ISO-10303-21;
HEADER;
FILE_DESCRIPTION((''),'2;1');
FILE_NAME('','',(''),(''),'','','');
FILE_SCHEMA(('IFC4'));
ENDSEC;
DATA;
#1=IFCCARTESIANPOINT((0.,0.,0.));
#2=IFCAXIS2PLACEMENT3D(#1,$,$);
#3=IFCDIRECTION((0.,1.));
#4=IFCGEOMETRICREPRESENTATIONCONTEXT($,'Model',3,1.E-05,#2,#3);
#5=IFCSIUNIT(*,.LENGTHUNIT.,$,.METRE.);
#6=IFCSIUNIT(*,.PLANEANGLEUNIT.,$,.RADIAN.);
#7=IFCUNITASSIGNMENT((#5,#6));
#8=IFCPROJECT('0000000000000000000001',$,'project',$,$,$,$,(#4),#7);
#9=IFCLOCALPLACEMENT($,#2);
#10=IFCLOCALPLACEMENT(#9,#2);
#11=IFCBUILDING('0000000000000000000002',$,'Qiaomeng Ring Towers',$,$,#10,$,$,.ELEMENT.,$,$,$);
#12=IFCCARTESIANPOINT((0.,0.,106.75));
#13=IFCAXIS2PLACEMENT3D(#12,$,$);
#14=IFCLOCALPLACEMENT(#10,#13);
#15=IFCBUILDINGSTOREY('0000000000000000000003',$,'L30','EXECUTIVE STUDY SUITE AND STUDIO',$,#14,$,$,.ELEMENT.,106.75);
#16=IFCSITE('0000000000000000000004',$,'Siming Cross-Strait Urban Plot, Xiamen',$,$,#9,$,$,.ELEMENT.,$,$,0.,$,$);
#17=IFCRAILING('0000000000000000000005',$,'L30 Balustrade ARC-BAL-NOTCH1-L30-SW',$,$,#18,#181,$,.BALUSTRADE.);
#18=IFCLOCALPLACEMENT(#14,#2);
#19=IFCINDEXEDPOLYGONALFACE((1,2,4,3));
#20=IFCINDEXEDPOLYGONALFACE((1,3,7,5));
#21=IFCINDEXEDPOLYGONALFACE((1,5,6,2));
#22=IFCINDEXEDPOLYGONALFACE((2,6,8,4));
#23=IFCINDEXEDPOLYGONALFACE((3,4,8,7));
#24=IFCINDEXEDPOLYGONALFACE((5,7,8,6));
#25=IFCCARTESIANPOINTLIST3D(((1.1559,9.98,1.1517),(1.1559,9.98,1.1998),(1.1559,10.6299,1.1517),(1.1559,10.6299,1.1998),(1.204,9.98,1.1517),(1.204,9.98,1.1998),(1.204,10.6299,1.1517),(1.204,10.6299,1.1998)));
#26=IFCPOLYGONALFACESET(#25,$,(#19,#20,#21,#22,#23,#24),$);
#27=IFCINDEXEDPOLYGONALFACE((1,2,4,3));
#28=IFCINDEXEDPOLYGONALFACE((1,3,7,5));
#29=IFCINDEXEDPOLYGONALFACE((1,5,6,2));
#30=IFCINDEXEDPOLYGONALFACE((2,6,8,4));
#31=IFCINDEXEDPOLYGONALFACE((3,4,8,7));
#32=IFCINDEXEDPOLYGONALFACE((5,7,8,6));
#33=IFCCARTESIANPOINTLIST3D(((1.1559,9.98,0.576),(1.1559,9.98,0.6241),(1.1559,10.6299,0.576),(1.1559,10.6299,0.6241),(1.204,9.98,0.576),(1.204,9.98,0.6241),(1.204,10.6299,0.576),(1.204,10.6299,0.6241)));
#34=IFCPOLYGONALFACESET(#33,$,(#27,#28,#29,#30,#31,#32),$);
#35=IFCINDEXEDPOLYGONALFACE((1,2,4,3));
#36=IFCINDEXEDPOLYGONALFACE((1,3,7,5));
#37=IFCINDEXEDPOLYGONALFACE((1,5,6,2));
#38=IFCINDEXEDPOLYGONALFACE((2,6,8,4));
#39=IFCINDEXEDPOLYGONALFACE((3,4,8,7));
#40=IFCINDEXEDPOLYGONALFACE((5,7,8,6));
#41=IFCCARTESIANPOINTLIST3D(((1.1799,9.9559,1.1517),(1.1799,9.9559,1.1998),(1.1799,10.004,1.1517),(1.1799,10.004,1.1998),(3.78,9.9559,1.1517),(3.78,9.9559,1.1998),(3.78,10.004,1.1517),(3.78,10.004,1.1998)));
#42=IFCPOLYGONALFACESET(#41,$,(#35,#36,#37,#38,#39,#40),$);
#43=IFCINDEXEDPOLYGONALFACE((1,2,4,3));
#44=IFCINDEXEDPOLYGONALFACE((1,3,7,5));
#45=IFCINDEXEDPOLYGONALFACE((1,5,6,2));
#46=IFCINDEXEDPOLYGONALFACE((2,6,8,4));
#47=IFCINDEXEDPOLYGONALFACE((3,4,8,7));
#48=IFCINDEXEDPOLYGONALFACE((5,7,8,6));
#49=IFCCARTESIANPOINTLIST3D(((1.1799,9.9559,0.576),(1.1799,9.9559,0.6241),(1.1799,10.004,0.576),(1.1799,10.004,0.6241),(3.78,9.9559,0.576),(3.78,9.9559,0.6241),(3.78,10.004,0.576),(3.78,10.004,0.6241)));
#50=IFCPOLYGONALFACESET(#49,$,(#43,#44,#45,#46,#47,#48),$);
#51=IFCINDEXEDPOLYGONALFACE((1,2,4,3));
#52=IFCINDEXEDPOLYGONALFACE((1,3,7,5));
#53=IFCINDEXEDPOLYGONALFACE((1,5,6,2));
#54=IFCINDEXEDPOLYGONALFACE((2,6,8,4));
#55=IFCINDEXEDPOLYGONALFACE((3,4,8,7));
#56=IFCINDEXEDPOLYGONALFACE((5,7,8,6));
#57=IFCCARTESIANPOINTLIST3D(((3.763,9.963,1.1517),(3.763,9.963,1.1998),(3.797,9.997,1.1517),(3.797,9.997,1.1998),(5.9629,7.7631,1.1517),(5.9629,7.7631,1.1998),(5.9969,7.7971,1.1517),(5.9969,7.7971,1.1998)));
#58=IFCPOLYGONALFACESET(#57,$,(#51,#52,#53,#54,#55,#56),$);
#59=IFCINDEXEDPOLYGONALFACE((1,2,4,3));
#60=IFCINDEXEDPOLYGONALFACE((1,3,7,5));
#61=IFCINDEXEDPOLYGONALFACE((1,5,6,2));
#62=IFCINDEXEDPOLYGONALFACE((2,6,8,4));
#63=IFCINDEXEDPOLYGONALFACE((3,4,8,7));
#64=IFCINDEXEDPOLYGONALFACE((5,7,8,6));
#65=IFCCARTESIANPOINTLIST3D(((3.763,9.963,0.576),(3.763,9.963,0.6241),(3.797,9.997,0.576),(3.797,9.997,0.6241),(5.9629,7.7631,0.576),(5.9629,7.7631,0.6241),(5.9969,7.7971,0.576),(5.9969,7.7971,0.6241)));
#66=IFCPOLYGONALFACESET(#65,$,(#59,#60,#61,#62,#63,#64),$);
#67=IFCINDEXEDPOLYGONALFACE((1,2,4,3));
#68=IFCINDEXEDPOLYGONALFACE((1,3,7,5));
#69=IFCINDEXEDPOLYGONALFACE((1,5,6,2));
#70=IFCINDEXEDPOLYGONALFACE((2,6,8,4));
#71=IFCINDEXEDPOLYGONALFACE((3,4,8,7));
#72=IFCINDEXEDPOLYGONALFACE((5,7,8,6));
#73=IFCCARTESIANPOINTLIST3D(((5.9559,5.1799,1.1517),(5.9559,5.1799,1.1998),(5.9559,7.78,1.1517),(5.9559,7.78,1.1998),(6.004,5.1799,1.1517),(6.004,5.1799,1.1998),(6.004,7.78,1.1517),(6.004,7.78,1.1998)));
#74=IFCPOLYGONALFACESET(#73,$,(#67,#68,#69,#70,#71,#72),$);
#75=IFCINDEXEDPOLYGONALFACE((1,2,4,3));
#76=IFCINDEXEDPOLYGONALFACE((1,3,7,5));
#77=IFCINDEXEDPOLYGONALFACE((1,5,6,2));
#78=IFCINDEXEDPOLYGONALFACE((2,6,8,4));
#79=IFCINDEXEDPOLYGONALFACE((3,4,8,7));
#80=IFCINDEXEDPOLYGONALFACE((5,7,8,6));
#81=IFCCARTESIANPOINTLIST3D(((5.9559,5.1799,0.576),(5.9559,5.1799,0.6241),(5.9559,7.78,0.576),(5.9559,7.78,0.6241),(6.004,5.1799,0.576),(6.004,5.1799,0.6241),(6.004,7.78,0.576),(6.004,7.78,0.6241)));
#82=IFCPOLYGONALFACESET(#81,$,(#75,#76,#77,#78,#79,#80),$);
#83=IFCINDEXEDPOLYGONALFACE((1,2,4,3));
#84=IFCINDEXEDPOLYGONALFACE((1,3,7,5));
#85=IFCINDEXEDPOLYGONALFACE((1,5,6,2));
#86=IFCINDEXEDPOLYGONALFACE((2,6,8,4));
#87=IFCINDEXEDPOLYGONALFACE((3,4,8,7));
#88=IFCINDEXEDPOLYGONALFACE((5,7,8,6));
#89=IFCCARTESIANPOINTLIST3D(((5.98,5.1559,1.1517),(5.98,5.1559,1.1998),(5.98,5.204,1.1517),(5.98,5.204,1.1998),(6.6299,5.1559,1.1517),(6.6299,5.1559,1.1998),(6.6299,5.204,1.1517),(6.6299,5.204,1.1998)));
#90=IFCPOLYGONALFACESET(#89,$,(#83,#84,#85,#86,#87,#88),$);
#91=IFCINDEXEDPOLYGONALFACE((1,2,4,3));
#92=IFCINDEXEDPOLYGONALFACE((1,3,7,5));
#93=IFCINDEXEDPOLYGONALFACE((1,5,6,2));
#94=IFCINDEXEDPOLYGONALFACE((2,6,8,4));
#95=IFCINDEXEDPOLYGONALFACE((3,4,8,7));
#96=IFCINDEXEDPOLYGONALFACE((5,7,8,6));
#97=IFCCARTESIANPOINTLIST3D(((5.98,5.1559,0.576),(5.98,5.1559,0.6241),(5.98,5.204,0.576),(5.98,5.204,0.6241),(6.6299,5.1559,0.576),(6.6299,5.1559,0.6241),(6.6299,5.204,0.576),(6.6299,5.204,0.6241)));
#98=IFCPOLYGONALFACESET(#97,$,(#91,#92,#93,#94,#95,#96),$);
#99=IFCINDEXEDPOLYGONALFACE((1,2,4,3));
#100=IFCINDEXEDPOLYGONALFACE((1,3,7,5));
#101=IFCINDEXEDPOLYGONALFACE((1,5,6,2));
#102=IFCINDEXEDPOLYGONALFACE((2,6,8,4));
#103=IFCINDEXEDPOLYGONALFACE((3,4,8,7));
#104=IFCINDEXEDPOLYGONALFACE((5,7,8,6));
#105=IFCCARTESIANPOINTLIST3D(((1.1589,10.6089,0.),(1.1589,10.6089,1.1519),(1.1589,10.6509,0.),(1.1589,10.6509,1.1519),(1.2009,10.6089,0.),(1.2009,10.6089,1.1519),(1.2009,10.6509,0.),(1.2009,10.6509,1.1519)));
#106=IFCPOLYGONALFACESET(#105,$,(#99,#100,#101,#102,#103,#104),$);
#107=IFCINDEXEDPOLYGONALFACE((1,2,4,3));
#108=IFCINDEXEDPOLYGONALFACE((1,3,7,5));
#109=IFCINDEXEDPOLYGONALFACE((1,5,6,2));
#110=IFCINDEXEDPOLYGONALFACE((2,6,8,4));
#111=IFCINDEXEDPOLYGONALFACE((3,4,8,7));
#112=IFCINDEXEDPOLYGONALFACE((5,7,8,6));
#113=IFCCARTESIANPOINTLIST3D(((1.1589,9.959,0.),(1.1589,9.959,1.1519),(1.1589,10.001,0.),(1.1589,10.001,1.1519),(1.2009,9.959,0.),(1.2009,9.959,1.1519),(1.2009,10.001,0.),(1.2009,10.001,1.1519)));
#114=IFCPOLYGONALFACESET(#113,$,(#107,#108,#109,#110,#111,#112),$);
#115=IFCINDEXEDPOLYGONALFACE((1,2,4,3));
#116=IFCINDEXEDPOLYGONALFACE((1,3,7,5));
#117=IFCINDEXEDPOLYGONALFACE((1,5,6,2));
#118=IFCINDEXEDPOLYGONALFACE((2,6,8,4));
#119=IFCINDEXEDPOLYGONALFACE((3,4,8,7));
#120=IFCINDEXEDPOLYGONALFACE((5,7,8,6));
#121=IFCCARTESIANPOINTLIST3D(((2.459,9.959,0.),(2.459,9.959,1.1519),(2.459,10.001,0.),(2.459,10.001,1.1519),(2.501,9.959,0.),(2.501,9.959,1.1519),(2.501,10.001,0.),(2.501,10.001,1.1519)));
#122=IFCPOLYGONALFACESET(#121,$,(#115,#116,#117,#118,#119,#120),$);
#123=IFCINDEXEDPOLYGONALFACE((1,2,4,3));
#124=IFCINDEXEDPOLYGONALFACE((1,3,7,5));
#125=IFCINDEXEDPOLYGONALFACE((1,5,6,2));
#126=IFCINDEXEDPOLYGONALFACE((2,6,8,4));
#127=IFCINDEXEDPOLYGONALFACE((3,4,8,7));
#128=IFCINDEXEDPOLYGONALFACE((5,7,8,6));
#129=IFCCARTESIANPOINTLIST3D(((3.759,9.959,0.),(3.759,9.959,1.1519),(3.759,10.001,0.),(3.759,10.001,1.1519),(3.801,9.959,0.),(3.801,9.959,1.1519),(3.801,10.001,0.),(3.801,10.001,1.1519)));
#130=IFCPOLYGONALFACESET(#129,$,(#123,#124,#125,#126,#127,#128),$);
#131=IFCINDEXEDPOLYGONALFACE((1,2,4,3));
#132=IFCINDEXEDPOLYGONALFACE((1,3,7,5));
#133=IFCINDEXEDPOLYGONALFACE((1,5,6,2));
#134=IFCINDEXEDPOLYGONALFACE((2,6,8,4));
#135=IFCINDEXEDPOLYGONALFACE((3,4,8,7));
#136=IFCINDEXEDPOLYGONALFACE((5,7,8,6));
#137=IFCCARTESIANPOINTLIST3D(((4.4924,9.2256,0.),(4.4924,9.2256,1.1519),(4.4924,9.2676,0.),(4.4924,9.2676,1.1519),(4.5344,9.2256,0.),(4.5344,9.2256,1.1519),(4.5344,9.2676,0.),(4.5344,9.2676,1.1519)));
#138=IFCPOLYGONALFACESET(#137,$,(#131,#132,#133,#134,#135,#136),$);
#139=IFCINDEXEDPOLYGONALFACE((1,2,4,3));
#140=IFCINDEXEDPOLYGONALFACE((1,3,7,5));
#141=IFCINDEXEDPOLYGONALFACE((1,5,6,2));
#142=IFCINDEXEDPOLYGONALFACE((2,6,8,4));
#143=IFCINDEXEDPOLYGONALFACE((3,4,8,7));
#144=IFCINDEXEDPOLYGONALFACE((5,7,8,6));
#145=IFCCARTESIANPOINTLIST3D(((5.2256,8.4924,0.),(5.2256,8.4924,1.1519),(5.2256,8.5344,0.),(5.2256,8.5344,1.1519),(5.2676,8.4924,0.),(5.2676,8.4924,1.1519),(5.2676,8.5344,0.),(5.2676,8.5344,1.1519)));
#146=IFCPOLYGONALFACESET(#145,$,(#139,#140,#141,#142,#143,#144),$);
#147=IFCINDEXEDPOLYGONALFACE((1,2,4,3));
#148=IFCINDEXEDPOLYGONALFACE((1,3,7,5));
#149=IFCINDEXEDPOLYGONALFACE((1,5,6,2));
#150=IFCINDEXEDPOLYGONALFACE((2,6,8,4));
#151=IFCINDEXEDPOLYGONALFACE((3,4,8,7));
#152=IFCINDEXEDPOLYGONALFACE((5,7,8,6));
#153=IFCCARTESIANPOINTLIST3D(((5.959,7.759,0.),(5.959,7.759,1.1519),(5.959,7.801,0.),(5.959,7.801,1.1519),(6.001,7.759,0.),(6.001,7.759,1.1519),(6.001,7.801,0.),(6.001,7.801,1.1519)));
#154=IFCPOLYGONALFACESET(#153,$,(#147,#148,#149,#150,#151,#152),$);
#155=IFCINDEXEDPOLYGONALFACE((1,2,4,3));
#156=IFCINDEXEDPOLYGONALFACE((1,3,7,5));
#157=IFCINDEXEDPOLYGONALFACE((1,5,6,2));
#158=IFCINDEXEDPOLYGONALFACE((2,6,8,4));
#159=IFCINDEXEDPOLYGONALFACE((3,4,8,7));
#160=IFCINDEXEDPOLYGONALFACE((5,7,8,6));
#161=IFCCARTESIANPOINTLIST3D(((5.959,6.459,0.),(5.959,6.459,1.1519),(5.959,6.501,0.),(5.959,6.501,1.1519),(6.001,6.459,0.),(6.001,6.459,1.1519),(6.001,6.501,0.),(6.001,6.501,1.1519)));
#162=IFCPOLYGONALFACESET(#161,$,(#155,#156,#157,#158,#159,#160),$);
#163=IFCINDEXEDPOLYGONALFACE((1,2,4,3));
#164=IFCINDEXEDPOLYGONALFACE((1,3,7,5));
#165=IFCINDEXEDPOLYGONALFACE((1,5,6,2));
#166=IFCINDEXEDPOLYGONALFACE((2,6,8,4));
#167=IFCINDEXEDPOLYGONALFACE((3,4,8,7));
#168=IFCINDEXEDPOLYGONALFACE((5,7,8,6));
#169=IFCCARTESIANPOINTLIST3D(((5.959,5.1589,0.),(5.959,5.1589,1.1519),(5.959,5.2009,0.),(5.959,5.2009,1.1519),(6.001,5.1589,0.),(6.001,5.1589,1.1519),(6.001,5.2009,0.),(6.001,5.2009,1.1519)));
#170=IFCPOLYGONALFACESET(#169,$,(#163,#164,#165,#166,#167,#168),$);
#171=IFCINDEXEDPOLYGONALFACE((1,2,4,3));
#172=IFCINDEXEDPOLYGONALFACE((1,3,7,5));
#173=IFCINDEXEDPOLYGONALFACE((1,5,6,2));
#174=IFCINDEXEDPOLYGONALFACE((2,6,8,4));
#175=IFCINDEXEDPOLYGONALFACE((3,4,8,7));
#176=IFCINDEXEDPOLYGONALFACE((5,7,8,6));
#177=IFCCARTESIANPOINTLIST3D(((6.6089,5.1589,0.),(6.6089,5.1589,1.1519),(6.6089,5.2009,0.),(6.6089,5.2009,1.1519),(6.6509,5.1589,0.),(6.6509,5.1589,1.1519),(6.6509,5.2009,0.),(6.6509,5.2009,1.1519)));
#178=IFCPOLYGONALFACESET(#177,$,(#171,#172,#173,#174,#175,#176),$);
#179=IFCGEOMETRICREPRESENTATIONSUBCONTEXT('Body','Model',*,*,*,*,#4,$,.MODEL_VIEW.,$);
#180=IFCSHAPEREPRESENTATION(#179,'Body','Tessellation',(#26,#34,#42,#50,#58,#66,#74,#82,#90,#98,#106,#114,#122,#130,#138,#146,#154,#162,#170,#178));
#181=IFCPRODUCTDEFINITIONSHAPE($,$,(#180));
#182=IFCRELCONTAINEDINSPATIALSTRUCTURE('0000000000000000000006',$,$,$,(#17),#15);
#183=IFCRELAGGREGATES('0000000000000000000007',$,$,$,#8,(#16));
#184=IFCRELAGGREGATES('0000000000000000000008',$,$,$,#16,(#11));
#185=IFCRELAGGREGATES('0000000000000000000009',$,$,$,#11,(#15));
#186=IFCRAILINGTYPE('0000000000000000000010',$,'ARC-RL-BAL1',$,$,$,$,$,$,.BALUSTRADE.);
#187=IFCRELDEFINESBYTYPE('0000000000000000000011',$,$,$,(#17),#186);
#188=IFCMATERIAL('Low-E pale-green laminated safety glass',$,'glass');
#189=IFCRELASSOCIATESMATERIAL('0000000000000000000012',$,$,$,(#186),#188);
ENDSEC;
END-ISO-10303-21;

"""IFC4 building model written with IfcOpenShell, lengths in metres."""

from ifc_helpers import new_model, si_unit, direction, frame, origin, origin_2d, place, context, subcontext, project, spatial, rectangle, extrude, material, type_object, element, save


model = new_model("IFC4")

# Units and contexts
model_context = context("Model", 3, precision=1e-05, world=origin(), true_north=direction((0.0, 1.0)))
body_context = subcontext(model_context, "Body", "Model", "MODEL_VIEW")
ifc_project = project(units=[si_unit("LENGTHUNIT", "METRE"), si_unit("PLANEANGLEUNIT", "RADIAN")], contexts=[model_context])

# Site, building, storey
site_placement = place(None, origin())
site = spatial("IfcSite", under=ifc_project, at=site_placement, Name="Siming Cross-Strait Urban Plot, Xiamen", CompositionType="ELEMENT", RefElevation=0.0)
building_placement = place(site_placement, origin())
building = spatial("IfcBuilding", under=site, at=building_placement, Name="Qiaomeng Ring Towers", CompositionType="ELEMENT")
storey_placement = place(building_placement, frame((0.0, 0.0, 106.75)))
storey = spatial("IfcBuildingStorey", under=building, at=storey_placement, Name="L30", Description="EXECUTIVE STUDY SUITE AND STUDIO", CompositionType="ELEMENT", Elevation=106.75)

# Railing
ifc_material_1 = material(Name="Low-E pale-green laminated safety glass", Category="glass")
railing_type = type_object("IfcRailingType", Name="ARC-RL-BAL1", PredefinedType="BALUSTRADE", material=ifc_material_1)
railing_1_placement = place(storey_placement, frame((1.1799, 10.6299, 0.0)))
element("IfcRailing", 1, at=railing_1_placement, inside=storey, type_object=railing_type, Name="L30 Balustrade ARC-BAL-NOTCH1-L30-SW", PredefinedType="BALUSTRADE", context=body_context, shape_type="SweptSolid", body=[
    extrude(rectangle(XDim=0.0481, YDim=0.0481, at=origin_2d()), frame((0.0, 0.0, 1.1758), z_axis=(0.0, -1.0, 0.0), x_axis=(1.0, 0.0, 0.0)), (0.0, 0.0, 1.0), 0.6499),
    extrude(rectangle(XDim=0.0481, YDim=0.0481, at=origin_2d()), frame((0.0, 0.0, 0.6001), z_axis=(0.0, -1.0, 0.0), x_axis=(1.0, 0.0, 0.0)), (0.0, 0.0, 1.0), 0.6499),
    extrude(rectangle(XDim=0.0481, YDim=0.0481, at=origin_2d()), frame((0.0, -0.6499, 1.1758), z_axis=(1.0, 0.0, 0.0), x_axis=(0.0, 1.0, 0.0)), (0.0, 0.0, 1.0), 2.6001),
    extrude(rectangle(XDim=0.0481, YDim=0.0481, at=origin_2d()), frame((0.0, -0.6499, 0.6001), z_axis=(1.0, 0.0, 0.0), x_axis=(0.0, 1.0, 0.0)), (0.0, 0.0, 1.0), 2.6001),
    extrude(rectangle(XDim=0.0481, YDim=0.0481, at=origin_2d()), frame((2.6001, -0.6499, 1.1758), z_axis=(0.707107, -0.707107, 0.0), x_axis=(0.707107, 0.707107, 0.0)), (0.0, 0.0, 1.0), 3.1111),
    extrude(rectangle(XDim=0.0481, YDim=0.0481, at=origin_2d()), frame((2.6001, -0.6499, 0.6001), z_axis=(0.707107, -0.707107, 0.0), x_axis=(0.707107, 0.707107, 0.0)), (0.0, 0.0, 1.0), 3.1111),
    extrude(rectangle(XDim=0.0481, YDim=0.0481, at=origin_2d()), frame((4.8, -2.8499, 1.1758), z_axis=(0.0, -1.0, 0.0), x_axis=(1.0, 0.0, 0.0)), (0.0, 0.0, 1.0), 2.6001),
    extrude(rectangle(XDim=0.0481, YDim=0.0481, at=origin_2d()), frame((4.8, -2.8499, 0.6001), z_axis=(0.0, -1.0, 0.0), x_axis=(1.0, 0.0, 0.0)), (0.0, 0.0, 1.0), 2.6001),
    extrude(rectangle(XDim=0.0481, YDim=0.0481, at=origin_2d()), frame((4.8, -5.45, 1.1758), z_axis=(1.0, 0.0, 0.0), x_axis=(0.0, 1.0, 0.0)), (0.0, 0.0, 1.0), 0.6499),
    extrude(rectangle(XDim=0.0481, YDim=0.0481, at=origin_2d()), frame((4.8, -5.45, 0.6001), z_axis=(1.0, 0.0, 0.0), x_axis=(0.0, 1.0, 0.0)), (0.0, 0.0, 1.0), 0.6499),
    extrude(rectangle(XDim=0.042, YDim=0.042, at=origin_2d()), origin(), (0.0, 0.0, 1.0), 1.1519),
    extrude(rectangle(XDim=0.042, YDim=0.042, at=origin_2d()), frame((0.0, -0.6499, 0.0)), (0.0, 0.0, 1.0), 1.1519),
    extrude(rectangle(XDim=0.042, YDim=0.042, at=origin_2d()), frame((1.3, -0.6499, 0.0)), (0.0, 0.0, 1.0), 1.1519),
    extrude(rectangle(XDim=0.042, YDim=0.042, at=origin_2d()), frame((2.6001, -0.6499, 0.0)), (0.0, 0.0, 1.0), 1.1519),
    extrude(rectangle(XDim=0.042, YDim=0.042, at=origin_2d()), frame((3.3335, -1.3833, 0.0)), (0.0, 0.0, 1.0), 1.1519),
    extrude(rectangle(XDim=0.042, YDim=0.042, at=origin_2d()), frame((4.0667, -2.1165, 0.0)), (0.0, 0.0, 1.0), 1.1519),
    extrude(rectangle(XDim=0.042, YDim=0.042, at=origin_2d()), frame((4.8, -2.8499, 0.0)), (0.0, 0.0, 1.0), 1.1519),
    extrude(rectangle(XDim=0.042, YDim=0.042, at=origin_2d()), frame((4.8, -4.1499, 0.0)), (0.0, 0.0, 1.0), 1.1519),
    extrude(rectangle(XDim=0.042, YDim=0.042, at=origin_2d()), frame((4.8, -5.45, 0.0)), (0.0, 0.0, 1.0), 1.1519),
    extrude(rectangle(XDim=0.042, YDim=0.042, at=origin_2d()), frame((5.45, -5.45, 0.0)), (0.0, 0.0, 1.0), 1.1519),
])

save(model, "model.ifc")
